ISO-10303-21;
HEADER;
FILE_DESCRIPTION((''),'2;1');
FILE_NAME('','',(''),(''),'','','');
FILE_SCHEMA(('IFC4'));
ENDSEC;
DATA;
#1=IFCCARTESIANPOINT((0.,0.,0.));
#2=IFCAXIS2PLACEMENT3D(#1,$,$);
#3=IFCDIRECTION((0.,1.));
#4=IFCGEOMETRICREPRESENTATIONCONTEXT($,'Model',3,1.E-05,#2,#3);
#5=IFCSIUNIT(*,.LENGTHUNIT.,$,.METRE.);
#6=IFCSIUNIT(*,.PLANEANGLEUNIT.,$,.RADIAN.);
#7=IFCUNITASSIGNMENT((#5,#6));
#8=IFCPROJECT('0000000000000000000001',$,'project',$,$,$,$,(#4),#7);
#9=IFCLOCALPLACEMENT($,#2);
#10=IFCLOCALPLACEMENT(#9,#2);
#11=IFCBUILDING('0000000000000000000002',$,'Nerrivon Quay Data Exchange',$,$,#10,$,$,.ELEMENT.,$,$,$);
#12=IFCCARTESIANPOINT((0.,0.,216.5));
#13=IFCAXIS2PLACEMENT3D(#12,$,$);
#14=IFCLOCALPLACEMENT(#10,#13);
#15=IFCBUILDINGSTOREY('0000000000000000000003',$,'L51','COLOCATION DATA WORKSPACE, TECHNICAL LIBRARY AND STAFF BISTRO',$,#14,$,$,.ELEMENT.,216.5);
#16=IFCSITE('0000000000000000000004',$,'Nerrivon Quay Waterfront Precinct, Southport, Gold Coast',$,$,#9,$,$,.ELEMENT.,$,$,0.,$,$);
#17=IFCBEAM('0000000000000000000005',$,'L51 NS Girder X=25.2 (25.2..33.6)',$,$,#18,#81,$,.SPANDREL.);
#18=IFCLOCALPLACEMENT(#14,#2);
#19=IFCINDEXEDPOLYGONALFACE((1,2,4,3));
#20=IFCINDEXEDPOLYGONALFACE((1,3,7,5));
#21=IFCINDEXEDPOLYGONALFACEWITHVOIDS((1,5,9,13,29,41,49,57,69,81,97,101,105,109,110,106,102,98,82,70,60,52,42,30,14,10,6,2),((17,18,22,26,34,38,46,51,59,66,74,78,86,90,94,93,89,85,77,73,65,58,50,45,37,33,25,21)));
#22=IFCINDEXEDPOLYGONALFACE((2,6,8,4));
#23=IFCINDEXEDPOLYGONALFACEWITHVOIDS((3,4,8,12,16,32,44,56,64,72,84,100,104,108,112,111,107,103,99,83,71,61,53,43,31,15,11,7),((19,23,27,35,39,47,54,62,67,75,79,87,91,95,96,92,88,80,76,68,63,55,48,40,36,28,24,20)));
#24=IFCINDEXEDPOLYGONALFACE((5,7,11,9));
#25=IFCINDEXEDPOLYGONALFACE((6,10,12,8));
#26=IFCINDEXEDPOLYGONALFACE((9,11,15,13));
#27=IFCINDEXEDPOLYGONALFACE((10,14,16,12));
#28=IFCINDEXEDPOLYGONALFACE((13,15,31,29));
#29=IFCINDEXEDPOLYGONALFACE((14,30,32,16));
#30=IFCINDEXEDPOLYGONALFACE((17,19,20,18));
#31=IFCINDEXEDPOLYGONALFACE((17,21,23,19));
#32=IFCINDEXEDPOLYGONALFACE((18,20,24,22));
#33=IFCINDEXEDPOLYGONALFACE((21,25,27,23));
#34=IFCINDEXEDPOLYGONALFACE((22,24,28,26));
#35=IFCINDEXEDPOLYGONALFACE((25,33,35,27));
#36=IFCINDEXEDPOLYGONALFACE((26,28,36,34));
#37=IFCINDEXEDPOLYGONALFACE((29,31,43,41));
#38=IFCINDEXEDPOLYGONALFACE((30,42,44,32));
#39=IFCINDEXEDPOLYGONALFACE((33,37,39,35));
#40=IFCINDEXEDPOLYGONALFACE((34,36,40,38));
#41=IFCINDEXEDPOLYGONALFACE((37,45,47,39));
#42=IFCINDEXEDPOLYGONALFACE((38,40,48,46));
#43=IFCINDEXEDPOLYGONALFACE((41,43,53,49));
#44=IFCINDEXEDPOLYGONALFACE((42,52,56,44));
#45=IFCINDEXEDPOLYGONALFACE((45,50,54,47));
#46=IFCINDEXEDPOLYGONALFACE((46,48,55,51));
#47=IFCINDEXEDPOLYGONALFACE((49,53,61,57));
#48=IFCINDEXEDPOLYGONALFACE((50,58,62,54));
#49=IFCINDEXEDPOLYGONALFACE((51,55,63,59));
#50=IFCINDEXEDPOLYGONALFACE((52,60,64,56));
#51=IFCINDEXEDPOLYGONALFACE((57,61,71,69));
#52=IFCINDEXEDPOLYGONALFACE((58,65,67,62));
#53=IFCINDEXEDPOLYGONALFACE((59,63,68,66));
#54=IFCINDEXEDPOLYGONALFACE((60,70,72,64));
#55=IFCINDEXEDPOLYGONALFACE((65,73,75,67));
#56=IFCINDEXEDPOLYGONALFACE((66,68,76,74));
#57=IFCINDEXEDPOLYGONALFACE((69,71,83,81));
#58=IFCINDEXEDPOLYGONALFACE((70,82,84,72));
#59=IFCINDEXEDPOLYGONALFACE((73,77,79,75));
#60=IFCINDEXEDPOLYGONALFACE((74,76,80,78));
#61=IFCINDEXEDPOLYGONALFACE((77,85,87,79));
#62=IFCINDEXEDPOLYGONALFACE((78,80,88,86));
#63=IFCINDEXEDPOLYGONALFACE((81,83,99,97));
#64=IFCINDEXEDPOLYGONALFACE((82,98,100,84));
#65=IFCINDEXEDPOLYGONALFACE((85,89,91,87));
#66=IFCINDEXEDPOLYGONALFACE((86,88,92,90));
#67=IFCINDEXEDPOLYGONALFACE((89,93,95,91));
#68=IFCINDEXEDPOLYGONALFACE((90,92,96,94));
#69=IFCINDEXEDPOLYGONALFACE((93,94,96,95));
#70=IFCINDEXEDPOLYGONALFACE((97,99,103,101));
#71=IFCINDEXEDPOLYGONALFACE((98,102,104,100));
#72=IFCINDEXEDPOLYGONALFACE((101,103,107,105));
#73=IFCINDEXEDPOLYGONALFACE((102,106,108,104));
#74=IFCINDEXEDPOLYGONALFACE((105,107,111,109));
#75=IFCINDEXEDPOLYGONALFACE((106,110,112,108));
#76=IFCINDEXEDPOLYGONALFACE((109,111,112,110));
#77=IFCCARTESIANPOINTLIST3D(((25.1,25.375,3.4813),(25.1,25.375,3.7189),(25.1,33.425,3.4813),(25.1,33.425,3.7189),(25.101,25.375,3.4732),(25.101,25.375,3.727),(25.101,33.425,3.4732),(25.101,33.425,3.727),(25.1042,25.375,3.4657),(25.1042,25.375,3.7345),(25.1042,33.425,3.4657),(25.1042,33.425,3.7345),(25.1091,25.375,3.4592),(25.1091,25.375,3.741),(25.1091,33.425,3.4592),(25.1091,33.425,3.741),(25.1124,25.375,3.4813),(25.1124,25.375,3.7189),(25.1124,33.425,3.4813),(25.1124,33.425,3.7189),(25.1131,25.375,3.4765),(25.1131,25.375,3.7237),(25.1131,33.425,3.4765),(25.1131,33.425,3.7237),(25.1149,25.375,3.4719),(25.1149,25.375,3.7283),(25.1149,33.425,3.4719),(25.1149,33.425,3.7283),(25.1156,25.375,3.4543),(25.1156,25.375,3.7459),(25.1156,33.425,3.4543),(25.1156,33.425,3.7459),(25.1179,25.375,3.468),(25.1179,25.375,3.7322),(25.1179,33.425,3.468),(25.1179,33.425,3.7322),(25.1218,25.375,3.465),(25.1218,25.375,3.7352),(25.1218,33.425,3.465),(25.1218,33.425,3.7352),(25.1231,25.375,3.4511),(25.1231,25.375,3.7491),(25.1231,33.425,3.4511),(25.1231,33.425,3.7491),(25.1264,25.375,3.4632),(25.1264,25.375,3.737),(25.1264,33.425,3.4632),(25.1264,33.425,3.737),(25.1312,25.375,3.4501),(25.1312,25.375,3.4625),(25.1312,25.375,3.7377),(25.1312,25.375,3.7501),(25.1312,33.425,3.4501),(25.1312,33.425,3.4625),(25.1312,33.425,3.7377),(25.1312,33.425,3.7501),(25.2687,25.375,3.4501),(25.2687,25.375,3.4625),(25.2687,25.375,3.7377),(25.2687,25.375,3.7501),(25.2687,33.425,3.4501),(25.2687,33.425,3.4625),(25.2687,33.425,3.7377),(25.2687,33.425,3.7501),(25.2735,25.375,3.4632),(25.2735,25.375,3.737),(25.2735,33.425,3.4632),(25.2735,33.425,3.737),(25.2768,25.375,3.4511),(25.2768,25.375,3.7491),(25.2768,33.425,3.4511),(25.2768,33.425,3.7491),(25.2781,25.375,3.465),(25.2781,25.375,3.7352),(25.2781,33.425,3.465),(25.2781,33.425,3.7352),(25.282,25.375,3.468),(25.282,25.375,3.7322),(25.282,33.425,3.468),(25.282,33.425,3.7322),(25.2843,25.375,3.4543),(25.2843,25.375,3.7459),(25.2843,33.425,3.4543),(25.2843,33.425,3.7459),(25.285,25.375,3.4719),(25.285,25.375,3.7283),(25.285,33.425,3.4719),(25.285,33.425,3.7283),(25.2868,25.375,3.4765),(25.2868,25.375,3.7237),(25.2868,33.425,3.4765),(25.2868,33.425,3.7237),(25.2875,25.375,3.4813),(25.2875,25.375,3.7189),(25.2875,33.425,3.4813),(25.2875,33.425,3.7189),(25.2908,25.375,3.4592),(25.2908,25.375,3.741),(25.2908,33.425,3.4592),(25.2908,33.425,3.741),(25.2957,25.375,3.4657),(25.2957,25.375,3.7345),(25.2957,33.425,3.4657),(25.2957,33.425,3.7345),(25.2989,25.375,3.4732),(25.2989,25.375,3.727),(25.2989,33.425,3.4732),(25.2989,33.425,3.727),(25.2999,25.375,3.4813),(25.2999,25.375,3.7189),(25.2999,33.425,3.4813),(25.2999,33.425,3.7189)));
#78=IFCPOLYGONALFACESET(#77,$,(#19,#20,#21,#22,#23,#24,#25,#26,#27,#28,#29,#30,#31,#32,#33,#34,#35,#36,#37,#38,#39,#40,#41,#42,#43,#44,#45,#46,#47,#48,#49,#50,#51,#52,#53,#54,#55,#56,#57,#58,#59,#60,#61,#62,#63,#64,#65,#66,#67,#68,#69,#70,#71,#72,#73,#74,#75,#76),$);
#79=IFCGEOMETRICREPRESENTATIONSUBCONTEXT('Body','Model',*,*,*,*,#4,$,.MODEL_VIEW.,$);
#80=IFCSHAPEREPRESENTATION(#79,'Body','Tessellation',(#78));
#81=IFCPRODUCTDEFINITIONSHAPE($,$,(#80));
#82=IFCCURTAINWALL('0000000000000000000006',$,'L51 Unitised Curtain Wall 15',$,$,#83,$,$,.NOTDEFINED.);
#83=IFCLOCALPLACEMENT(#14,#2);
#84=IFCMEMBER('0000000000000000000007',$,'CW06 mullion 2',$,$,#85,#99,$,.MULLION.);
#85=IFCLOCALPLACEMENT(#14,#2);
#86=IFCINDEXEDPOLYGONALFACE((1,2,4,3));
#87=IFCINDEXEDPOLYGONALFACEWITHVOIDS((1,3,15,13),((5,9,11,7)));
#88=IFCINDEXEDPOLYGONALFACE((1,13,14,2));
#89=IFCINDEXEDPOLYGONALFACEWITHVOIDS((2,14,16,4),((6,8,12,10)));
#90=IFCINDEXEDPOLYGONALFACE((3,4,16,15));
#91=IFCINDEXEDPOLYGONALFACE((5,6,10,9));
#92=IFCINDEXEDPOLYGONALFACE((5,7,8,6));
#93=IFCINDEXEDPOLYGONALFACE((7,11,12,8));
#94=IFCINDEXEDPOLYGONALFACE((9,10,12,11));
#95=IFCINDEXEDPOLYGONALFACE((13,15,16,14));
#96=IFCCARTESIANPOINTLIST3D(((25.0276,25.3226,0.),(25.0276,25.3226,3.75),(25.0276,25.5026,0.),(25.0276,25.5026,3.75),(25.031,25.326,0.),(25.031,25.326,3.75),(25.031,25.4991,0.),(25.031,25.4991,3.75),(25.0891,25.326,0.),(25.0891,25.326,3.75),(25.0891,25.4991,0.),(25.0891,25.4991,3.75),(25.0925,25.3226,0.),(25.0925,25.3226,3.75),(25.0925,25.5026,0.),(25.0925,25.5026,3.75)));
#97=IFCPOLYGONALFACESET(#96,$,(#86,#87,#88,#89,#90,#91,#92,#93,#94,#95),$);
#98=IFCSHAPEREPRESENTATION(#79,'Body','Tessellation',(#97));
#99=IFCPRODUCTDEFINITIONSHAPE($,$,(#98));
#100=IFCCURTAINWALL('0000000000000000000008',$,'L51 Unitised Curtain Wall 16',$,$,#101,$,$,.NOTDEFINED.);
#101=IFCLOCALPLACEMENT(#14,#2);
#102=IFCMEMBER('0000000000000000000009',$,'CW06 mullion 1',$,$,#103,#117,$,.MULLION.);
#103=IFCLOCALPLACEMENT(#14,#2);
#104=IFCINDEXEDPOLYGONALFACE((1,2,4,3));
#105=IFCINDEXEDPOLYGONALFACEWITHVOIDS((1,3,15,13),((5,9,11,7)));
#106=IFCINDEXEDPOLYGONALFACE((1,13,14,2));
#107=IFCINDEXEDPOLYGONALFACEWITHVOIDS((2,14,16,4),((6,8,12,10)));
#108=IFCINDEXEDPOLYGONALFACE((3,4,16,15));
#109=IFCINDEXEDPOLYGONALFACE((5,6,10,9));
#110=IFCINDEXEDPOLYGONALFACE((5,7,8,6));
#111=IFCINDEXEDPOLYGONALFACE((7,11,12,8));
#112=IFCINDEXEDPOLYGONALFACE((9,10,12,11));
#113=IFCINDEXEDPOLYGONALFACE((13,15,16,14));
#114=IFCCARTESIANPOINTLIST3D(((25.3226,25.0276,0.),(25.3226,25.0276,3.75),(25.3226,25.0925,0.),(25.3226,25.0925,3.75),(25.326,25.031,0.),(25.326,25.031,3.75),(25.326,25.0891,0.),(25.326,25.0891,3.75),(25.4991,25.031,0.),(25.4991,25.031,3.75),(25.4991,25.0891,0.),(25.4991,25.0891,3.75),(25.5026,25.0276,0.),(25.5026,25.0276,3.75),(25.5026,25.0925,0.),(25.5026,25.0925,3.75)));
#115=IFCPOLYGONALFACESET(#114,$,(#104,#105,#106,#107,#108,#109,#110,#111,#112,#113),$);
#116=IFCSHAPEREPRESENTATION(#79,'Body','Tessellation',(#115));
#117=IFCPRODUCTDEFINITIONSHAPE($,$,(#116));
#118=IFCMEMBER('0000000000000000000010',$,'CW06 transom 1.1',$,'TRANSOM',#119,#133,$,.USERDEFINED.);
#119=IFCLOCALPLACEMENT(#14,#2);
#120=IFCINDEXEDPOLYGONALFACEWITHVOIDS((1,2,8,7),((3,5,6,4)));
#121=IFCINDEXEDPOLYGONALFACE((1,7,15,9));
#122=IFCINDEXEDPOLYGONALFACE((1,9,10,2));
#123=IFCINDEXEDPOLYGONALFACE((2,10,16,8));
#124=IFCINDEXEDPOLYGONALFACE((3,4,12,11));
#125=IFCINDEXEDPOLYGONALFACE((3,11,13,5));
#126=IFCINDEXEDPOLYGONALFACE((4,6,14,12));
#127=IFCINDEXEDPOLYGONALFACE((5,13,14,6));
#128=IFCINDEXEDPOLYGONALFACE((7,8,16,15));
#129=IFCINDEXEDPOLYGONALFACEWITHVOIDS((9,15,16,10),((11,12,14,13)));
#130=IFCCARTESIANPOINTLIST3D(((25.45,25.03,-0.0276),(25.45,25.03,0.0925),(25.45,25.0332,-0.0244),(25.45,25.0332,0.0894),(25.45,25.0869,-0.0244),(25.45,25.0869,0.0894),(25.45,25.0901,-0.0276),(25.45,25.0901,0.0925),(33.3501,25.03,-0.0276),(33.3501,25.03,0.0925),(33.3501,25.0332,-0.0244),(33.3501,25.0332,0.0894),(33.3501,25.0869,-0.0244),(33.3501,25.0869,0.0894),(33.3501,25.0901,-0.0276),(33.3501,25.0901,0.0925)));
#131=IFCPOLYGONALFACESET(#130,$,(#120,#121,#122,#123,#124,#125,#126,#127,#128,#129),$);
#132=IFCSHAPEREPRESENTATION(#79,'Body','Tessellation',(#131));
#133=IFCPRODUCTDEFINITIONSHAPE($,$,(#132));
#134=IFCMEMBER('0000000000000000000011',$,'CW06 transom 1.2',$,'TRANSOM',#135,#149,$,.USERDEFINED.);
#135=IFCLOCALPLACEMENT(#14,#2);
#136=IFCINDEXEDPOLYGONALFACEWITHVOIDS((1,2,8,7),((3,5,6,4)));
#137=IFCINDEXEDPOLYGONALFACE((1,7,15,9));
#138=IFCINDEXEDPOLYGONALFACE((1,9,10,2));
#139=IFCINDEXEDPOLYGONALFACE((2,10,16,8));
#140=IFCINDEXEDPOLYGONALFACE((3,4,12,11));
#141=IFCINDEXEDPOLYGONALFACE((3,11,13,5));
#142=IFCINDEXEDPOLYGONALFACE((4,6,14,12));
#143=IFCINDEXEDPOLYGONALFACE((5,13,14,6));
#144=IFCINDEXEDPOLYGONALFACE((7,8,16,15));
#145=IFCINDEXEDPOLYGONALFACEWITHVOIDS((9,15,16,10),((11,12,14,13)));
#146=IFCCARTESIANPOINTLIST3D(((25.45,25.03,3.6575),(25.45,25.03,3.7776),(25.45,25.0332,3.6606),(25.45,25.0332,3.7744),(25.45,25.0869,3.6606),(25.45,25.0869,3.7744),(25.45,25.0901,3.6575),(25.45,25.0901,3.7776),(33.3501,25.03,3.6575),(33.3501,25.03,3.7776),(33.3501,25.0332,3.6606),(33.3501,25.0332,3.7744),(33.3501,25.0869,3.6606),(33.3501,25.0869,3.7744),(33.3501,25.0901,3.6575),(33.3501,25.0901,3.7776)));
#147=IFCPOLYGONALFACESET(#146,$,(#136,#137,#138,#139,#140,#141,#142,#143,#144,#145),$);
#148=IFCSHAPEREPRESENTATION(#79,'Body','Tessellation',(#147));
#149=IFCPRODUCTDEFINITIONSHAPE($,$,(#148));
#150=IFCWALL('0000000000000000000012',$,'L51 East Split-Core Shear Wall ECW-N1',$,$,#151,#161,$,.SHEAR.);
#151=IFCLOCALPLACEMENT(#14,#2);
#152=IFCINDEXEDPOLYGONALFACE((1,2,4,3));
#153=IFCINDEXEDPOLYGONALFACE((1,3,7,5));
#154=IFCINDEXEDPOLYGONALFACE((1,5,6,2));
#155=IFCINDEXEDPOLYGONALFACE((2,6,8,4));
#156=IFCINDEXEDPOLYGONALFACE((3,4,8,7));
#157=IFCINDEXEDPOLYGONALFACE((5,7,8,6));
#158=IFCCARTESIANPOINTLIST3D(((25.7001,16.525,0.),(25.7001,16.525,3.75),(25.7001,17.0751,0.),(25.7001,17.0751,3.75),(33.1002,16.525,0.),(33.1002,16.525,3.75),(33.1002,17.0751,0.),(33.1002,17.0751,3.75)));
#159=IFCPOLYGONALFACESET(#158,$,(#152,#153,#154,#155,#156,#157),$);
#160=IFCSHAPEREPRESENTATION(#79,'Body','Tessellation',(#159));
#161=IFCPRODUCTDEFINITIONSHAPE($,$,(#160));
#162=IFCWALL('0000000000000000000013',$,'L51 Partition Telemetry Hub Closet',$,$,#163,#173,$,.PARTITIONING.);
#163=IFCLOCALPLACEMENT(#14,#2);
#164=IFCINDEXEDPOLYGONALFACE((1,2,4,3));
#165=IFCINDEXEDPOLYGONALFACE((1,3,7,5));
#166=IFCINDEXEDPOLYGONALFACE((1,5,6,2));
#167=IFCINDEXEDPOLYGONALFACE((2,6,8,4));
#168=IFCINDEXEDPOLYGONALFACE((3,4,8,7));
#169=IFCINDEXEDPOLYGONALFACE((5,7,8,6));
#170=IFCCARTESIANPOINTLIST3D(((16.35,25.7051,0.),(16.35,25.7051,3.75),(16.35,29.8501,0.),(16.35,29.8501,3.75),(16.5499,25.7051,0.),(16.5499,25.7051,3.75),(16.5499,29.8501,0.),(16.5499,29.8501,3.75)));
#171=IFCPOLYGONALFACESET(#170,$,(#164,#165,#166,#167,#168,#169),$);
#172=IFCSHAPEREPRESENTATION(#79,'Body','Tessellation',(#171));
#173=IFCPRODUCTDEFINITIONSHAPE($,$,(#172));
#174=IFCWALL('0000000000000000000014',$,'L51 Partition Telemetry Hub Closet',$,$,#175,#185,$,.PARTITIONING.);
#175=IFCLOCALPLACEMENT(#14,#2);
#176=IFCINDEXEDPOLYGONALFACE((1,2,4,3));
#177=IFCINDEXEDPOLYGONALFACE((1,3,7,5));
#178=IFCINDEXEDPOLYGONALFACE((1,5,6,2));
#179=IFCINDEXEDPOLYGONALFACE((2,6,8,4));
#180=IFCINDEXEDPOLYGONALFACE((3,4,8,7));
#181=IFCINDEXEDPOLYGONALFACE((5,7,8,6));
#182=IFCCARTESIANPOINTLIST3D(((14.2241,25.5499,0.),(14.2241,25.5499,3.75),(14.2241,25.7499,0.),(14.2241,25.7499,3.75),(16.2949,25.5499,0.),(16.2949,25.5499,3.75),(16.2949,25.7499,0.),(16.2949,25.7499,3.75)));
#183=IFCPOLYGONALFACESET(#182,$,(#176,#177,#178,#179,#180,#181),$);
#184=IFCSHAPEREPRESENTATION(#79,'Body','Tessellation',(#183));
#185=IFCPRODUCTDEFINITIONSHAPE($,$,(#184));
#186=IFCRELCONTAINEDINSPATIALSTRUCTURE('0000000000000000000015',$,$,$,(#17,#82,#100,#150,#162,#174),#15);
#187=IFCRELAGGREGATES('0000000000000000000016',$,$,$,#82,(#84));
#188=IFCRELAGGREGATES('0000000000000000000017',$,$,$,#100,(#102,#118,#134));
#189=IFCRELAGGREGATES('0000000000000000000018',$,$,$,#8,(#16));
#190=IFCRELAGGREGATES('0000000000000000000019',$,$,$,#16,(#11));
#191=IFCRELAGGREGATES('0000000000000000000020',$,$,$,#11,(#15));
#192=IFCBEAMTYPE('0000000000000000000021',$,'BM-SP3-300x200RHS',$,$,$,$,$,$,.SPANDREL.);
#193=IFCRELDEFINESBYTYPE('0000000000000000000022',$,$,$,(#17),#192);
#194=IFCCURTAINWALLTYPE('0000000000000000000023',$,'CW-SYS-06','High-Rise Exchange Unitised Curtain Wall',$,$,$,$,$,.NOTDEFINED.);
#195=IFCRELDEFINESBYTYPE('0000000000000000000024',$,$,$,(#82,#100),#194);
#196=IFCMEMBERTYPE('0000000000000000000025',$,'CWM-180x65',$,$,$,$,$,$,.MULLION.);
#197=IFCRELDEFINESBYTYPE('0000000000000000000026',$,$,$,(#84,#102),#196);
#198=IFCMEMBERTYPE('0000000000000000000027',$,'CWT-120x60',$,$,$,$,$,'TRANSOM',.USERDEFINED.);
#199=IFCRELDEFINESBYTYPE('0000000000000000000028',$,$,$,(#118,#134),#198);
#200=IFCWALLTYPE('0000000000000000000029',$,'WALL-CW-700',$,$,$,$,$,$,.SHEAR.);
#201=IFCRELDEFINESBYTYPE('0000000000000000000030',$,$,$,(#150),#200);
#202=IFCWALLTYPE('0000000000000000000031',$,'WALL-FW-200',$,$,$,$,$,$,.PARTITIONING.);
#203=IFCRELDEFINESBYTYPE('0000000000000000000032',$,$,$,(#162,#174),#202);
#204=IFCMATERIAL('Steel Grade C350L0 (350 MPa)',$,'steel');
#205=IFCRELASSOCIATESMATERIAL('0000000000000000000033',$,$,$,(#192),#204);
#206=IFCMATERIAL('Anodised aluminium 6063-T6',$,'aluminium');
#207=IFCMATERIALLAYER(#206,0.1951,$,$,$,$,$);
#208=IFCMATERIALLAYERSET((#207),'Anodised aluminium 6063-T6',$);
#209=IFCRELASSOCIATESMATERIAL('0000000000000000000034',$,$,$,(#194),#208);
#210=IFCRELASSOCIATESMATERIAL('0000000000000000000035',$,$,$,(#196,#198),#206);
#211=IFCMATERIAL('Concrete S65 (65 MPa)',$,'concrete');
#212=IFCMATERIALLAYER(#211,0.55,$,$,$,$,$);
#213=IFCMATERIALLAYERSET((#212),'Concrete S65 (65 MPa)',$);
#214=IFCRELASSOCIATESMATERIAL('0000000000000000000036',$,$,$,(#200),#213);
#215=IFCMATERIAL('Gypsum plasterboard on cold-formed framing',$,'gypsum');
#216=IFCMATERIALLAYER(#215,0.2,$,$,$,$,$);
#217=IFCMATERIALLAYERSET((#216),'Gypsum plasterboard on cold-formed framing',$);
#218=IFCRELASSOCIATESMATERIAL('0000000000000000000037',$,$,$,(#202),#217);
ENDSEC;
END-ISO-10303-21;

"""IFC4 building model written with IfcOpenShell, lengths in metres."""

from ifc_helpers import new_model, si_unit, direction, frame, frame_2d, origin, origin_2d, place, context, subcontext, project, spatial, rectangle, hollow_rectangle, extrude, material, layer, layer_set, material_profile, profile_set, type_object, element, aggregate, save


model = new_model("IFC4")

# Units and contexts
model_context = context("Model", 3, precision=1e-05, world=origin(), true_north=direction((0.0, 1.0)))
body_context = subcontext(model_context, "Body", "Model", "MODEL_VIEW")
ifc_project = project(units=[si_unit("LENGTHUNIT", "METRE"), si_unit("PLANEANGLEUNIT", "RADIAN")], contexts=[model_context])

# Site, building, storey
site_placement = place(None, origin())
site = spatial("IfcSite", under=ifc_project, at=site_placement, Name="Nerrivon Quay Waterfront Precinct, Southport, Gold Coast", CompositionType="ELEMENT", RefElevation=0.0)
building_placement = place(site_placement, origin())
building = spatial("IfcBuilding", under=site, at=building_placement, Name="Nerrivon Quay Data Exchange", CompositionType="ELEMENT")
storey_placement = place(building_placement, frame((0.0, 0.0, 216.5)))
storey = spatial("IfcBuildingStorey", under=building, at=storey_placement, Name="L51", Description="COLOCATION DATA WORKSPACE, TECHNICAL LIBRARY AND STAFF BISTRO", CompositionType="ELEMENT", Elevation=216.5)

# Shared definitions
ifc_material_1 = material(Name="Concrete S65 (65 MPa)", Category="concrete")

# Beam
ifc_material_2 = material(Name="Steel Grade C350L0 (350 MPa)", Category="steel")
ifc_material_profile_1 = material_profile(ifc_material_2, hollow_rectangle(XDim=0.2, YDim=0.3, WallThickness=0.0125, InnerFilletRadius=0.0188, OuterFilletRadius=0.0312, at=origin_2d()), Name="300x200x12.5RHS")
ifc_profile_set_1 = profile_set([ifc_material_profile_1], Name="Steel Grade C350L0 (350 MPa)")
beam_type_1 = type_object("IfcBeamType", Name="BM-SP3-300x200RHS", PredefinedType="SPANDREL", material=ifc_profile_set_1)
beam_1_placement = place(storey_placement, frame((25.2, 25.375, 3.6001), z_axis=(0.0, 1.0, 0.0), x_axis=(-1.0, 0.0, 0.0)))
element("IfcBeam", 1, at=beam_1_placement, inside=storey, type_object=beam_type_1, Name="L51 NS Girder X=25.2 (25.2..33.6)", PredefinedType="SPANDREL", context=body_context, shape_type="SweptSolid", body=[
    extrude(hollow_rectangle(XDim=0.2, YDim=0.3, WallThickness=0.0125, InnerFilletRadius=0.0188, OuterFilletRadius=0.0312, at=origin_2d()), origin(), (0.0, 0.0, 1.0), 8.05),
])

# Curtain wall, member
ifc_material_3 = material(Name="Anodised aluminium 6063-T6", Category="aluminium")
ifc_layer_1 = layer(ifc_material_3, 0.1951)
ifc_layer_set_1 = layer_set([ifc_layer_1], Name="Anodised aluminium 6063-T6")
curtain_wall_type = type_object("IfcCurtainWallType", Name="CW-SYS-06", Description="High-Rise Exchange Unitised Curtain Wall", PredefinedType="NOTDEFINED", material=ifc_layer_set_1)
curtain_wall_1_placement = place(storey_placement, origin())
curtain_wall_1 = element("IfcCurtainWall", 2, at=curtain_wall_1_placement, inside=storey, type_object=curtain_wall_type, Name="L51 Unitised Curtain Wall 15", PredefinedType="NOTDEFINED")
ifc_material_profile_2 = material_profile(ifc_material_3, hollow_rectangle(XDim=0.0649, YDim=0.1799, WallThickness=0.0034, at=origin_2d()), Name="ALU-MULL-180x65")
ifc_profile_set_2 = profile_set([ifc_material_profile_2], Name="Anodised aluminium 6063-T6")
member_type_1 = type_object("IfcMemberType", Name="CWM-180x65", PredefinedType="MULLION", material=ifc_profile_set_2)
member_1_placement = place(storey_placement, frame((25.0601, 25.4126, 0.0), z_axis=(0.0, 0.0, 1.0), x_axis=(1.0, 0.0, 0.0)))
member_1 = element("IfcMember", 3, at=member_1_placement, type_object=member_type_1, Name="CW06 mullion 2", PredefinedType="MULLION", context=body_context, shape_type="SweptSolid", body=[
    extrude(hollow_rectangle(XDim=0.0649, YDim=0.1799, WallThickness=0.0034, at=origin_2d()), origin(), (0.0, 0.0, 1.0), 3.75),
])
aggregate(curtain_wall_1, [member_1])

# Curtain wall, members
curtain_wall_2_placement = place(storey_placement, origin())
curtain_wall_2 = element("IfcCurtainWall", 4, at=curtain_wall_2_placement, inside=storey, type_object=curtain_wall_type, Name="L51 Unitised Curtain Wall 16", PredefinedType="NOTDEFINED")
member_2_placement = place(storey_placement, frame((25.4126, 25.0601, 0.0), z_axis=(0.0, 0.0, 1.0), x_axis=(0.0, 1.0, 0.0)))
member_2 = element("IfcMember", 5, at=member_2_placement, type_object=member_type_1, Name="CW06 mullion 1", PredefinedType="MULLION", context=body_context, shape_type="SweptSolid", body=[
    extrude(hollow_rectangle(XDim=0.0649, YDim=0.1799, WallThickness=0.0034, at=origin_2d()), origin(), (0.0, 0.0, 1.0), 3.75),
])
ifc_material_profile_3 = material_profile(ifc_material_3, hollow_rectangle(XDim=0.0601, YDim=0.1201, WallThickness=0.0032, at=origin_2d()), Name="ALU-TRAN-120x60")
ifc_profile_set_3 = profile_set([ifc_material_profile_3], Name="Anodised aluminium 6063-T6")
member_type_2 = type_object("IfcMemberType", Name="CWT-120x60", ElementType="TRANSOM", PredefinedType="USERDEFINED", material=ifc_profile_set_3)
member_3_placement = place(storey_placement, frame((25.45, 25.0601, 0.0325), z_axis=(1.0, 0.0, 0.0), x_axis=(0.0, 1.0, 0.0)))
member_3 = element("IfcMember", 6, at=member_3_placement, type_object=member_type_2, Name="CW06 transom 1.1", ObjectType="TRANSOM", PredefinedType="USERDEFINED", context=body_context, shape_type="SweptSolid", body=[
    extrude(hollow_rectangle(XDim=0.0601, YDim=0.1201, WallThickness=0.0032, at=origin_2d()), origin(), (0.0, 0.0, 1.0), 7.9001),
])
member_4_placement = place(storey_placement, frame((25.45, 25.0601, 3.7175), z_axis=(1.0, 0.0, 0.0), x_axis=(0.0, 1.0, 0.0)))
member_4 = element("IfcMember", 7, at=member_4_placement, type_object=member_type_2, Name="CW06 transom 1.2", ObjectType="TRANSOM", PredefinedType="USERDEFINED", context=body_context, shape_type="SweptSolid", body=[
    extrude(hollow_rectangle(XDim=0.0601, YDim=0.1201, WallThickness=0.0032, at=origin_2d()), origin(), (0.0, 0.0, 1.0), 7.9001),
])
aggregate(curtain_wall_2, [member_2, member_3, member_4])

# Walls
ifc_layer_2 = layer(ifc_material_1, 0.55)
ifc_layer_set_2 = layer_set([ifc_layer_2], Name="Concrete S65 (65 MPa)")
wall_type_1 = type_object("IfcWallType", Name="WALL-CW-700", PredefinedType="SHEAR", material=ifc_layer_set_2)
wall_1_placement = place(storey_placement, frame((25.7, 16.8, 0.0), z_axis=(0.0, 0.0, 1.0), x_axis=(1.0, 0.0, 0.0)))
element("IfcWall", 8, at=wall_1_placement, inside=storey, type_object=wall_type_1, Name="L51 East Split-Core Shear Wall ECW-N1", PredefinedType="SHEAR", context=body_context, shape_type="SweptSolid", body=[
    extrude(rectangle(XDim=7.4001, YDim=0.55, at=frame_2d((3.7002, 0.0))), origin(), (0.0, 0.0, 1.0), 3.75),
])
ifc_material_4 = material(Name="Gypsum plasterboard on cold-formed framing", Category="gypsum")
ifc_layer_3 = layer(ifc_material_4, 0.2)
ifc_layer_set_3 = layer_set([ifc_layer_3], Name="Gypsum plasterboard on cold-formed framing")
wall_type_2 = type_object("IfcWallType", Name="WALL-FW-200", PredefinedType="PARTITIONING", material=ifc_layer_set_3)
wall_2_placement = place(storey_placement, frame((16.45, 25.7051, 0.0), z_axis=(0.0, 0.0, 1.0), x_axis=(0.0, 1.0, 0.0)))
element("IfcWall", 9, at=wall_2_placement, inside=storey, type_object=wall_type_2, Name="L51 Partition Telemetry Hub Closet", PredefinedType="PARTITIONING", context=body_context, shape_type="SweptSolid", body=[
    extrude(rectangle(XDim=4.145, YDim=0.2, at=frame_2d((2.0725, 0.0))), origin(), (0.0, 0.0, 1.0), 3.75),
])
wall_3_placement = place(storey_placement, frame((14.2241, 25.6499, 0.0), z_axis=(0.0, 0.0, 1.0), x_axis=(1.0, 0.0, 0.0)))
element("IfcWall", 10, at=wall_3_placement, inside=storey, type_object=wall_type_2, Name="L51 Partition Telemetry Hub Closet", PredefinedType="PARTITIONING", context=body_context, shape_type="SweptSolid", body=[
    extrude(rectangle(XDim=2.0708, YDim=0.2, at=frame_2d((1.0354, 0.0))), origin(), (0.0, 0.0, 1.0), 3.75),
])

save(model, "model.ifc")
